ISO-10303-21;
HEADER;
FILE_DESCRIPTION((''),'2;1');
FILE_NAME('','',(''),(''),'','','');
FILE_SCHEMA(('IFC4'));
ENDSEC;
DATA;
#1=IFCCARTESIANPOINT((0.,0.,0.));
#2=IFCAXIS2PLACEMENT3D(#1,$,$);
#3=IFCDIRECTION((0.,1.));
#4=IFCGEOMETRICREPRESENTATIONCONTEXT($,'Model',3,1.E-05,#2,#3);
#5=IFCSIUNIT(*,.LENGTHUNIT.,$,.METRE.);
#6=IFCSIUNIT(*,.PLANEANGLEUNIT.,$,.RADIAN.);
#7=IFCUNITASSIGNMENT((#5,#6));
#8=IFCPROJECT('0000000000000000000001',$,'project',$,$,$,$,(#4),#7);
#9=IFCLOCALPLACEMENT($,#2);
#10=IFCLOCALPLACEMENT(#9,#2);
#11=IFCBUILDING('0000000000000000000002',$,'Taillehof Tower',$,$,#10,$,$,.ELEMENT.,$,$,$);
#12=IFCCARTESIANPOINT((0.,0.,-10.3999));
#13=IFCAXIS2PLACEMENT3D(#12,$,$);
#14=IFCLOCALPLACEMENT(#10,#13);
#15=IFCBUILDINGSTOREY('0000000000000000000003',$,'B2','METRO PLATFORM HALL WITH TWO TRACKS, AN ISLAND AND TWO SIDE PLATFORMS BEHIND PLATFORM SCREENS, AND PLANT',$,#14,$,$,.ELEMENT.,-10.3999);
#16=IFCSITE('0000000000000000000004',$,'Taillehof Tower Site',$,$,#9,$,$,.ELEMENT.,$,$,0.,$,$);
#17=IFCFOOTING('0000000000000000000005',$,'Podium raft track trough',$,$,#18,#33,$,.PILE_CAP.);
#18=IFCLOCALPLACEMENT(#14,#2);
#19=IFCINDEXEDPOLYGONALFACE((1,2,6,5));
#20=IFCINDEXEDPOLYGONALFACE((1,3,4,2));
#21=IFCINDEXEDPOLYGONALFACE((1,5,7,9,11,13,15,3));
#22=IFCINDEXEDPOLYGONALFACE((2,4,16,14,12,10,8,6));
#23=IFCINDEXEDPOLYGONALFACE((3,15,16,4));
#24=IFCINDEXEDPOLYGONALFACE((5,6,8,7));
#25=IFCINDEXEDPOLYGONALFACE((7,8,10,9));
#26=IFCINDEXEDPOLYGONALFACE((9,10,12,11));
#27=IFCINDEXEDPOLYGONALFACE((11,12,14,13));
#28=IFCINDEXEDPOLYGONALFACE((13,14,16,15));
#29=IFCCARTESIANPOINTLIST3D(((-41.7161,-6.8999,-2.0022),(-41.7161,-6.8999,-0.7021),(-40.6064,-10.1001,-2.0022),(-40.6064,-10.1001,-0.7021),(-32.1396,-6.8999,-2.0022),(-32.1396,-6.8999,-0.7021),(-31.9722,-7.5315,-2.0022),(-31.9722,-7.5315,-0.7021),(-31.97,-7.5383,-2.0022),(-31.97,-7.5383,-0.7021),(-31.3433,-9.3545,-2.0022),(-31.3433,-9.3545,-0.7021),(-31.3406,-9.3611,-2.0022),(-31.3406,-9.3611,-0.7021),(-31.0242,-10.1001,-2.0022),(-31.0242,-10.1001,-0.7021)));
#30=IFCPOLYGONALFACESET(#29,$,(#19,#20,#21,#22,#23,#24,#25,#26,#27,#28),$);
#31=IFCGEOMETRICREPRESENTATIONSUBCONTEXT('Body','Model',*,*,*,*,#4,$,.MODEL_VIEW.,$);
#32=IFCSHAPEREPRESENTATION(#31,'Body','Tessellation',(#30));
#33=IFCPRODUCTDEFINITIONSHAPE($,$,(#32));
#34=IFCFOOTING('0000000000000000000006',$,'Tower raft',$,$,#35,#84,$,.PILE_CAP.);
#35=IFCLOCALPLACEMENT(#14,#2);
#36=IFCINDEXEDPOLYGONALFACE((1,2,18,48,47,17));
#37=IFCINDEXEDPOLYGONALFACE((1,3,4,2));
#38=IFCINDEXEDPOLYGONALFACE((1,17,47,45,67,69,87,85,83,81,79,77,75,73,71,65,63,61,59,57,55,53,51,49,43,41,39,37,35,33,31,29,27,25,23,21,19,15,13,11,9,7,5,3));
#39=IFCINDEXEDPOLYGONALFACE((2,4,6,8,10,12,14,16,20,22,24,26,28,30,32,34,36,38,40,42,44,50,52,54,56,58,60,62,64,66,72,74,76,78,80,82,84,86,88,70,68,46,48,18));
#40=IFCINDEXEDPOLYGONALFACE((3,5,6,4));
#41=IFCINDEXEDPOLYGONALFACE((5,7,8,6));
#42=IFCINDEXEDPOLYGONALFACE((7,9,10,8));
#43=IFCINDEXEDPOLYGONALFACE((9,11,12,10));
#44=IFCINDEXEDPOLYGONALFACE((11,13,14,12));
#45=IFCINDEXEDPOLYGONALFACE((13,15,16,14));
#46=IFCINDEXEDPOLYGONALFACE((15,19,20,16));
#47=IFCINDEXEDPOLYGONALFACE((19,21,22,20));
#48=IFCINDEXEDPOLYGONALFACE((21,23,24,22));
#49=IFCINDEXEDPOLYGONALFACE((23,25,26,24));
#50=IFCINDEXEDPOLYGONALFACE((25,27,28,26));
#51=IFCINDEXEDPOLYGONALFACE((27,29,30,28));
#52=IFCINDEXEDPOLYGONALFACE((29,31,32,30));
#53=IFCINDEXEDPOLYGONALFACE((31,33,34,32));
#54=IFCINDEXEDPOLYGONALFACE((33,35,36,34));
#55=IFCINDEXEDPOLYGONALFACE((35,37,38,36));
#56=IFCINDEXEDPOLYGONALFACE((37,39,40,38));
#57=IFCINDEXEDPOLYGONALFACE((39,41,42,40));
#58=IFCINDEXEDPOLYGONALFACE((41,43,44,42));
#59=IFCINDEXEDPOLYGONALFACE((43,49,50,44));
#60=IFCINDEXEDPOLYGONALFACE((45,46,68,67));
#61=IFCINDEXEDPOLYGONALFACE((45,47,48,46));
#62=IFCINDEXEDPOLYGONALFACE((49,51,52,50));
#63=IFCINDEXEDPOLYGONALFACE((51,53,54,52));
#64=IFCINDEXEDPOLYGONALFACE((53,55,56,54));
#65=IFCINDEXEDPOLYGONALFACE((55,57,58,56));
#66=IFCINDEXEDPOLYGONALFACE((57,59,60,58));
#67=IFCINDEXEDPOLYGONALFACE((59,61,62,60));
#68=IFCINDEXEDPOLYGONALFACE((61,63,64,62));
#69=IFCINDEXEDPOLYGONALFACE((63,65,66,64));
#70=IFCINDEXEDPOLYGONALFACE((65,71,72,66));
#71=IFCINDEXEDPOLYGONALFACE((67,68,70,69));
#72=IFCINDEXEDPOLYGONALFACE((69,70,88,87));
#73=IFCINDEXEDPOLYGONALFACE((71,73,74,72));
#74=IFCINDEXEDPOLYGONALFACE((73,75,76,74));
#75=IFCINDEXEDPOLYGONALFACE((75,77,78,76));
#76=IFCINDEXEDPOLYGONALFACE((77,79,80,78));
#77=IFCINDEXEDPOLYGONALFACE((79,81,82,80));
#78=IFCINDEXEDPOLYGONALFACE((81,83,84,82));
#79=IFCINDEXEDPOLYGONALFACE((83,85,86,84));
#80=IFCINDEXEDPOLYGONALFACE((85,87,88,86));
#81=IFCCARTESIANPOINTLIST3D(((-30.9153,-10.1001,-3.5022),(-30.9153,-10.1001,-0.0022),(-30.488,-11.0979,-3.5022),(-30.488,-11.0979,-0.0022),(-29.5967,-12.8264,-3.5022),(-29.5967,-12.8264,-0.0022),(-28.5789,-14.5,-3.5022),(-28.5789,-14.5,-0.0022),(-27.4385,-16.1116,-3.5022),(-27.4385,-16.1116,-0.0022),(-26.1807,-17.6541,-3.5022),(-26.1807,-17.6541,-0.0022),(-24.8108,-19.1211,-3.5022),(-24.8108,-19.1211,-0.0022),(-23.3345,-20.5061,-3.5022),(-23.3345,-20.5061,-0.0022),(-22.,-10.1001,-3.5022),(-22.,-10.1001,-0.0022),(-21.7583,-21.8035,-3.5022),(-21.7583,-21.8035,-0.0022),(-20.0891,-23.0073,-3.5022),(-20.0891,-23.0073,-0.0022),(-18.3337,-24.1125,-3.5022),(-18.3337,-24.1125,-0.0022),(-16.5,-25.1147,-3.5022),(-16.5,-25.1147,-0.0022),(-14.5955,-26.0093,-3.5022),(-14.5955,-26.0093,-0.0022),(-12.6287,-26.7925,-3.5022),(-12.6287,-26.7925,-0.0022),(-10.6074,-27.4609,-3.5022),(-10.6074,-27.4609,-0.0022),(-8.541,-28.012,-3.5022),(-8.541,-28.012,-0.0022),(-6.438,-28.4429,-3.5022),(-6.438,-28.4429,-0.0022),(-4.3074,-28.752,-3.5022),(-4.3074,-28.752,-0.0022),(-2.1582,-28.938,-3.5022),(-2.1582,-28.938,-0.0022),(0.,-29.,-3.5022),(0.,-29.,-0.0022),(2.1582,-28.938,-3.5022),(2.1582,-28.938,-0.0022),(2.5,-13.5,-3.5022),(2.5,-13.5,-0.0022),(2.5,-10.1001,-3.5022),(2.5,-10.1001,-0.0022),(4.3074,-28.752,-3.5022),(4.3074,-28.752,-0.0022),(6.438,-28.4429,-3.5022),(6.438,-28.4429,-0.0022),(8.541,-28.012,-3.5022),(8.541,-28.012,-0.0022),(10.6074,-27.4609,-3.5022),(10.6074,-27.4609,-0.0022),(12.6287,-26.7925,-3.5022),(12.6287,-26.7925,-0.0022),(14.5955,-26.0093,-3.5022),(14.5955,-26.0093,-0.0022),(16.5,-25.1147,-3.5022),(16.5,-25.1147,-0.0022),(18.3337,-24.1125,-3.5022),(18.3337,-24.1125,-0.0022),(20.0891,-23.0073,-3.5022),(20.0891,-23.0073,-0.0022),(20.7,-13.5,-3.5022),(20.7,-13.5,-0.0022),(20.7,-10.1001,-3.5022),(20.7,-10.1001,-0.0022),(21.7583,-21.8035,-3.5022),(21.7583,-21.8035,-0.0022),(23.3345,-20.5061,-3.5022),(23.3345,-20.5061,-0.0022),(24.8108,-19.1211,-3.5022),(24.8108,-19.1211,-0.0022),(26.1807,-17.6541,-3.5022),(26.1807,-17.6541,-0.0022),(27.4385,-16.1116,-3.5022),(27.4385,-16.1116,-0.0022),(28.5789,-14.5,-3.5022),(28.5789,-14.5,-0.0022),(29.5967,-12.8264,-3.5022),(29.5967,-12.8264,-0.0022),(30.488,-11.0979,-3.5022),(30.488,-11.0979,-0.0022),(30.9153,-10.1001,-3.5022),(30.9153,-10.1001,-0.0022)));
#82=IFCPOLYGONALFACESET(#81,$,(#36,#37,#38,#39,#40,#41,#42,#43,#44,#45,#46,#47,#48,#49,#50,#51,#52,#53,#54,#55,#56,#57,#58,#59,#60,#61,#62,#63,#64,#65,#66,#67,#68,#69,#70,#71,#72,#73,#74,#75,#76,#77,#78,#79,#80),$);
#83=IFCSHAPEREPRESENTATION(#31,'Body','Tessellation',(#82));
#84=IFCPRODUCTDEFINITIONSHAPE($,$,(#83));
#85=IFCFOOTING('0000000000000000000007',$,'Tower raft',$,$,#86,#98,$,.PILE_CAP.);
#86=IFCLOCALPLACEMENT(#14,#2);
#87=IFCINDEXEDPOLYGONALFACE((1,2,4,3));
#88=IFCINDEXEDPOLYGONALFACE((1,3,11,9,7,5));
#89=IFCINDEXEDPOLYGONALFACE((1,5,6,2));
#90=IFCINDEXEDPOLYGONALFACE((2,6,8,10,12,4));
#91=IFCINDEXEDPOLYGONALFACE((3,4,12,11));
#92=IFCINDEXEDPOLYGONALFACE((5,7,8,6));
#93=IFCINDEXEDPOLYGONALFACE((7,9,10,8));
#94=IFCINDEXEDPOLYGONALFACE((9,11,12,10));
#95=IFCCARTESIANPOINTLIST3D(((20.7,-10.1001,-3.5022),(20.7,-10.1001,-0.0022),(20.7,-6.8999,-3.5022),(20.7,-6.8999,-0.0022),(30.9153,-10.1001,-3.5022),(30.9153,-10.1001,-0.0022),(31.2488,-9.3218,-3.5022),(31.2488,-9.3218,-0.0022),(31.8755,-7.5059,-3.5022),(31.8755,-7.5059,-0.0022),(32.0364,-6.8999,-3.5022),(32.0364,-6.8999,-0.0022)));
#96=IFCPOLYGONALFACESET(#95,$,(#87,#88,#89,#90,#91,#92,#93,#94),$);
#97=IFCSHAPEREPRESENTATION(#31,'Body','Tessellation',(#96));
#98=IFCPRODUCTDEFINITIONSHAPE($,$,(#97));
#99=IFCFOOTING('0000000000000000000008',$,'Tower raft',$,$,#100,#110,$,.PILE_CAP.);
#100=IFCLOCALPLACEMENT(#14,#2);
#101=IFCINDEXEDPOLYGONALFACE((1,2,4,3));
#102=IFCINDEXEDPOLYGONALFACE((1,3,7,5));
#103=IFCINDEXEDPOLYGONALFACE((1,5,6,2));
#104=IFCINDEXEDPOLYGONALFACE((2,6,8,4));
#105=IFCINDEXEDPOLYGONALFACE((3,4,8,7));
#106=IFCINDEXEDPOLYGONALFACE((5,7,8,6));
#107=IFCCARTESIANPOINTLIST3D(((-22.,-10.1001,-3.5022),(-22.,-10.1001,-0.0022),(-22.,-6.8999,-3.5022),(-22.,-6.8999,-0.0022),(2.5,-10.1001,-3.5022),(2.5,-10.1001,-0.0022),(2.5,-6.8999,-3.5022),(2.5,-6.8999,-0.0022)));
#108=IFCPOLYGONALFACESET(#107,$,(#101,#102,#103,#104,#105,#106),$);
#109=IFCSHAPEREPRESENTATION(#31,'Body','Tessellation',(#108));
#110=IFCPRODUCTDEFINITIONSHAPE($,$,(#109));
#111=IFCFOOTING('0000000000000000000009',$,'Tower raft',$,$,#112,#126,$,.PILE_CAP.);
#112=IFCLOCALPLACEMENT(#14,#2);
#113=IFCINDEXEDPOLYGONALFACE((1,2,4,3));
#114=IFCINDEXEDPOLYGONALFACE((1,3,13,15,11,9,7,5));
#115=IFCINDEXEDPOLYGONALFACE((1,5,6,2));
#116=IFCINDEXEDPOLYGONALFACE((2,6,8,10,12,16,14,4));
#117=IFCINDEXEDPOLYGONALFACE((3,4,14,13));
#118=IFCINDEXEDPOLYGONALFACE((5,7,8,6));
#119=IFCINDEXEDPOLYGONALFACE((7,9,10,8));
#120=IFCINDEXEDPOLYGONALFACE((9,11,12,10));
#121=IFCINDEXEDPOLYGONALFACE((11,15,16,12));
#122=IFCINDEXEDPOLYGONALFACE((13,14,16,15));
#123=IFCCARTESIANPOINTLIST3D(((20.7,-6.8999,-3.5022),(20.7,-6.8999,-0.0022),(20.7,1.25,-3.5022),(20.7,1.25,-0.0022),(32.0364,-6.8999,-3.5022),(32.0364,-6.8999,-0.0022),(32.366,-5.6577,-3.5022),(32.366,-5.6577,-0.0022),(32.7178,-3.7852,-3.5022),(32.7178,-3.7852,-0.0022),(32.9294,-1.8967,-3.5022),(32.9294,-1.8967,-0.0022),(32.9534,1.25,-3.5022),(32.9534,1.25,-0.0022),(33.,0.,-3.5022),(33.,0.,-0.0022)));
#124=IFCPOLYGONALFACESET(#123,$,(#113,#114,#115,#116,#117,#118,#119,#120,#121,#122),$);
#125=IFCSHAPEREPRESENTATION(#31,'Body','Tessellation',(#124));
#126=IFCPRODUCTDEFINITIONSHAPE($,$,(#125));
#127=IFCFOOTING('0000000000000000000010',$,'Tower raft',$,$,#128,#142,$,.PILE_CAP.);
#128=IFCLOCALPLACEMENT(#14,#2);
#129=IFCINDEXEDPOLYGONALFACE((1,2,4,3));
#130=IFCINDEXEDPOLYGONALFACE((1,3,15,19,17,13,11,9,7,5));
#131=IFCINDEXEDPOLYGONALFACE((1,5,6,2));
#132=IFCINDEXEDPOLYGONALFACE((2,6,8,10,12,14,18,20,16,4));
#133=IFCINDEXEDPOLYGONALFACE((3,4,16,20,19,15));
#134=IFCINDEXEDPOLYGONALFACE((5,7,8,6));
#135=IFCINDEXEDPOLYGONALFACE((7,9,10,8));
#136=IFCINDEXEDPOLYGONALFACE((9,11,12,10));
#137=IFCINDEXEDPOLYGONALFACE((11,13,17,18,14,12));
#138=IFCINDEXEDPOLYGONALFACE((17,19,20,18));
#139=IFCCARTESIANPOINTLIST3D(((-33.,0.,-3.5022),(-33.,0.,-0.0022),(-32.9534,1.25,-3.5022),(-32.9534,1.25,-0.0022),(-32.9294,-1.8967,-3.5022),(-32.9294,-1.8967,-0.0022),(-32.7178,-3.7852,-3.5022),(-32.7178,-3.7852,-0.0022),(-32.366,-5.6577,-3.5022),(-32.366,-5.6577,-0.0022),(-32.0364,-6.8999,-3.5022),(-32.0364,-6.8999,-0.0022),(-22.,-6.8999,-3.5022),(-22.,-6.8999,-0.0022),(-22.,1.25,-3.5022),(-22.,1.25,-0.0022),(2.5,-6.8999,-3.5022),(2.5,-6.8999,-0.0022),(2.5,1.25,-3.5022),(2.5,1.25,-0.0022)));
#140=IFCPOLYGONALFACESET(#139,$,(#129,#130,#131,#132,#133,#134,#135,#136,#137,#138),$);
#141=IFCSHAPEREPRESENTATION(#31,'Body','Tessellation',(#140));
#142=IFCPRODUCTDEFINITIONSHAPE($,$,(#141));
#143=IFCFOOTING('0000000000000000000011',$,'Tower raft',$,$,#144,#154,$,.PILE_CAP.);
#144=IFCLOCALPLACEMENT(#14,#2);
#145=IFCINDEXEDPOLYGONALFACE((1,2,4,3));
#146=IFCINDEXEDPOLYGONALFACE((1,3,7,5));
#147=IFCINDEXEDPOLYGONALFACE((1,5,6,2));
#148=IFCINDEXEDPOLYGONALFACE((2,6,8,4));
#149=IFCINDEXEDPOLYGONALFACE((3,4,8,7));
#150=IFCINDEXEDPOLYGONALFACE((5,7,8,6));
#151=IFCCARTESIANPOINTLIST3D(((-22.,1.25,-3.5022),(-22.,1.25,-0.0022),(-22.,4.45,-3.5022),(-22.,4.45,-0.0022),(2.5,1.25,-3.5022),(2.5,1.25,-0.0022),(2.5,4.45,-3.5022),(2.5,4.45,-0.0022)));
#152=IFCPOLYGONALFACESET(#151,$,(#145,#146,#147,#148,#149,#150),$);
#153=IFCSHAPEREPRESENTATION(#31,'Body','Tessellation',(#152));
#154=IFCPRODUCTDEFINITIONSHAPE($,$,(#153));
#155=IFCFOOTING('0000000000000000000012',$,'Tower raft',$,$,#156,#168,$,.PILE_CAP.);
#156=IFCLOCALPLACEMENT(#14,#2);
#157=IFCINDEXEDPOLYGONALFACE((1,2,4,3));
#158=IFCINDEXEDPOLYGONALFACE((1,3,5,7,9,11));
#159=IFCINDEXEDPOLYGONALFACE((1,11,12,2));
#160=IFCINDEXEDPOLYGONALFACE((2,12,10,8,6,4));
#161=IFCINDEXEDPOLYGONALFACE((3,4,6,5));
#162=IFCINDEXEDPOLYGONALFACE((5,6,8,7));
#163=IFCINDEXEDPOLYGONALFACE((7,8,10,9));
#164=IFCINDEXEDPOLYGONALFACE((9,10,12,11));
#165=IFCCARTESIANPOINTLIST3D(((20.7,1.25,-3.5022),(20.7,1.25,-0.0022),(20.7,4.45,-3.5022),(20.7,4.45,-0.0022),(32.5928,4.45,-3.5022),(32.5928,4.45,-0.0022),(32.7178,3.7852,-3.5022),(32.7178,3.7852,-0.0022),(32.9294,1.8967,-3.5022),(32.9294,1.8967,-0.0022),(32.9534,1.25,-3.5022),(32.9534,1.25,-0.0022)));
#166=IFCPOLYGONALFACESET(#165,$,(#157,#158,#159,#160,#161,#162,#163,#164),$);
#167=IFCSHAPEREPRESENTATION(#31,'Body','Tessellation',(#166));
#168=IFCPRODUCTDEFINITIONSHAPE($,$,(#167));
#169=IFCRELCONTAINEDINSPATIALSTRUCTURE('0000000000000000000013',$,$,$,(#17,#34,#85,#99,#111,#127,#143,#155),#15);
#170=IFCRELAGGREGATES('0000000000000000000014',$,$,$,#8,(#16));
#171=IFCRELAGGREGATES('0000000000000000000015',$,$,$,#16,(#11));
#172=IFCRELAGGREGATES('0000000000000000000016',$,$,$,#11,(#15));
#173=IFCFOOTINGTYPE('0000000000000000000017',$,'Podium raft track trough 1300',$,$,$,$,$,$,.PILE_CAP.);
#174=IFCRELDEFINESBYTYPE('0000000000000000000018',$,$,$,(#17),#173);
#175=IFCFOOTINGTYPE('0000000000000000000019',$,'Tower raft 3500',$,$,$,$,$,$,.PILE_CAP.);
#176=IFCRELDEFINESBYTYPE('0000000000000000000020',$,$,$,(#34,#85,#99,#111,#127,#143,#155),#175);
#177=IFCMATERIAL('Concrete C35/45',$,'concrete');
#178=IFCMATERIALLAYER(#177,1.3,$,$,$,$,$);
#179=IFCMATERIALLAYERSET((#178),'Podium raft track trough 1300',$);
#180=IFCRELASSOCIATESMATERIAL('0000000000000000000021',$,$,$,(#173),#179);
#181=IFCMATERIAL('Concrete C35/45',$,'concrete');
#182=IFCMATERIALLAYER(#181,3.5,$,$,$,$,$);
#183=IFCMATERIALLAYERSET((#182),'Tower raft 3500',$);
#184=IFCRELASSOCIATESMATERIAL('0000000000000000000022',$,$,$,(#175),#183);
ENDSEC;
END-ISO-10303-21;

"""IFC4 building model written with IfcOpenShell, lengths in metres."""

from ifc_helpers import new_model, si_unit, direction, frame, origin, place, context, subcontext, project, spatial, polyline, outline, extrude, material, layer, layer_set, type_object, element, save


model = new_model("IFC4")

# Units and contexts
model_context = context("Model", 3, precision=1e-05, world=origin(), true_north=direction((0.0, 1.0)))
body_context = subcontext(model_context, "Body", "Model", "MODEL_VIEW")
ifc_project = project(units=[si_unit("LENGTHUNIT", "METRE"), si_unit("PLANEANGLEUNIT", "RADIAN")], contexts=[model_context])

# Site, building, storey
site_placement = place(None, origin())
site = spatial("IfcSite", under=ifc_project, at=site_placement, Name="Taillehof Tower Site", CompositionType="ELEMENT", RefElevation=0.0)
building_placement = place(site_placement, origin())
building = spatial("IfcBuilding", under=site, at=building_placement, Name="Taillehof Tower", CompositionType="ELEMENT")
storey_placement = place(building_placement, frame((0.0, 0.0, -10.3999)))
storey = spatial("IfcBuildingStorey", under=building, at=storey_placement, Name="B2", Description="METRO PLATFORM HALL WITH TWO TRACKS, AN ISLAND AND TWO SIDE PLATFORMS BEHIND PLATFORM SCREENS, AND PLANT", CompositionType="ELEMENT", Elevation=-10.3999)

# Footings
ifc_material_1 = material(Name="Concrete C35/45", Category="concrete")
ifc_layer_1 = layer(ifc_material_1, 1.3)
ifc_layer_set_1 = layer_set([ifc_layer_1], Name="Podium raft track trough 1300")
footing_type_1 = type_object("IfcFootingType", Name="Podium raft track trough 1300", PredefinedType="PILE_CAP", material=ifc_layer_set_1)
footing_1_placement = place(storey_placement, frame((0.0, 0.0, -2.0022)))
element("IfcFooting", 1, at=footing_1_placement, inside=storey, type_object=footing_type_1, Name="Podium raft track trough", PredefinedType="PILE_CAP", context=body_context, shape_type="SweptSolid", body=[
    extrude(outline(polyline([(-31.9722, -7.5315), (-31.97, -7.5383), (-31.3433, -9.3545), (-31.3406, -9.3611), (-31.0242, -10.1001), (-40.6064, -10.1001), (-41.7161, -6.8999), (-32.1396, -6.8999), (-31.9722, -7.5315)])), origin(), (0.0, 0.0, 1.0), 1.3),
])
ifc_material_2 = material(Name="Concrete C35/45", Category="concrete")
ifc_layer_2 = layer(ifc_material_2, 3.5)
ifc_layer_set_2 = layer_set([ifc_layer_2], Name="Tower raft 3500")
footing_type_2 = type_object("IfcFootingType", Name="Tower raft 3500", PredefinedType="PILE_CAP", material=ifc_layer_set_2)
footing_2_placement = place(storey_placement, frame((0.0, 0.0, -3.5022)))
element("IfcFooting", 2, at=footing_2_placement, inside=storey, type_object=footing_type_2, Name="Tower raft", PredefinedType="PILE_CAP", context=body_context, shape_type="SweptSolid", body=[
    extrude(outline(polyline([(30.488, -11.0979), (29.5967, -12.8264), (28.5789, -14.5), (27.4385, -16.1116), (26.1807, -17.6541), (24.8108, -19.1211), (23.3345, -20.5061), (21.7583, -21.8035), (20.0891, -23.0073), (18.3337, -24.1125), (16.5, -25.1147), (14.5955, -26.0093), (12.6287, -26.7925), (10.6074, -27.4609), (8.541, -28.012), (6.438, -28.4429), (4.3074, -28.752), (2.1582, -28.938), (0.0, -29.0), (-2.1582, -28.938), (-4.3074, -28.752), (-6.438, -28.4429), (-8.541, -28.012), (-10.6074, -27.4609), (-12.6287, -26.7925), (-14.5955, -26.0093), (-16.5, -25.1147), (-18.3337, -24.1125), (-20.0891, -23.0073), (-21.7583, -21.8035), (-23.3345, -20.5061), (-24.8108, -19.1211), (-26.1807, -17.6541), (-27.4385, -16.1116), (-28.5789, -14.5), (-29.5967, -12.8264), (-30.488, -11.0979), (-30.9153, -10.1001), (-22.0, -10.1001), (2.5, -10.1001), (2.5, -13.5), (20.7, -13.5), (20.7, -10.1001), (30.9153, -10.1001), (30.488, -11.0979)])), origin(), (0.0, 0.0, 1.0), 3.5),
])
footing_3_placement = place(storey_placement, frame((0.0, 0.0, -3.5022)))
element("IfcFooting", 3, at=footing_3_placement, inside=storey, type_object=footing_type_2, Name="Tower raft", PredefinedType="PILE_CAP", context=body_context, shape_type="SweptSolid", body=[
    extrude(outline(polyline([(31.8755, -7.5059), (31.2488, -9.3218), (30.9153, -10.1001), (20.7, -10.1001), (20.7, -6.8999), (32.0364, -6.8999), (31.8755, -7.5059)])), origin(), (0.0, 0.0, 1.0), 3.5),
])
footing_4_placement = place(storey_placement, frame((0.0, 0.0, -3.5022)))
element("IfcFooting", 4, at=footing_4_placement, inside=storey, type_object=footing_type_2, Name="Tower raft", PredefinedType="PILE_CAP", context=body_context, shape_type="SweptSolid", body=[
    extrude(outline(polyline([(-22.0, -6.8999), (2.5, -6.8999), (2.5, -10.1001), (-22.0, -10.1001), (-22.0, -6.8999)])), origin(), (0.0, 0.0, 1.0), 3.5),
])
footing_5_placement = place(storey_placement, frame((0.0, 0.0, -3.5022)))
element("IfcFooting", 5, at=footing_5_placement, inside=storey, type_object=footing_type_2, Name="Tower raft", PredefinedType="PILE_CAP", context=body_context, shape_type="SweptSolid", body=[
    extrude(outline(polyline([(32.366, -5.6577), (32.0364, -6.8999), (20.7, -6.8999), (20.7, 1.25), (32.9534, 1.25), (33.0, 0.0), (32.9294, -1.8967), (32.7178, -3.7852), (32.366, -5.6577)])), origin(), (0.0, 0.0, 1.0), 3.5),
])
footing_6_placement = place(storey_placement, frame((0.0, 0.0, -3.5022)))
element("IfcFooting", 6, at=footing_6_placement, inside=storey, type_object=footing_type_2, Name="Tower raft", PredefinedType="PILE_CAP", context=body_context, shape_type="SweptSolid", body=[
    extrude(outline(polyline([(-32.0364, -6.8999), (-32.366, -5.6577), (-32.7178, -3.7852), (-32.9294, -1.8967), (-33.0, 0.0), (-32.9534, 1.25), (-22.0, 1.25), (2.5, 1.25), (2.5, -6.8999), (-22.0, -6.8999), (-32.0364, -6.8999)])), origin(), (0.0, 0.0, 1.0), 3.5),
])
footing_7_placement = place(storey_placement, frame((0.0, 0.0, -3.5022)))
element("IfcFooting", 7, at=footing_7_placement, inside=storey, type_object=footing_type_2, Name="Tower raft", PredefinedType="PILE_CAP", context=body_context, shape_type="SweptSolid", body=[
    extrude(outline(polyline([(-22.0, 4.45), (2.5, 4.45), (2.5, 1.25), (-22.0, 1.25), (-22.0, 4.45)])), origin(), (0.0, 0.0, 1.0), 3.5),
])
footing_8_placement = place(storey_placement, frame((0.0, 0.0, -3.5022)))
element("IfcFooting", 8, at=footing_8_placement, inside=storey, type_object=footing_type_2, Name="Tower raft", PredefinedType="PILE_CAP", context=body_context, shape_type="SweptSolid", body=[
    extrude(outline(polyline([(32.7178, 3.7852), (32.9294, 1.8967), (32.9534, 1.25), (20.7, 1.25), (20.7, 4.45), (32.5928, 4.45), (32.7178, 3.7852)])), origin(), (0.0, 0.0, 1.0), 3.5),
])

save(model, "model.ifc")
